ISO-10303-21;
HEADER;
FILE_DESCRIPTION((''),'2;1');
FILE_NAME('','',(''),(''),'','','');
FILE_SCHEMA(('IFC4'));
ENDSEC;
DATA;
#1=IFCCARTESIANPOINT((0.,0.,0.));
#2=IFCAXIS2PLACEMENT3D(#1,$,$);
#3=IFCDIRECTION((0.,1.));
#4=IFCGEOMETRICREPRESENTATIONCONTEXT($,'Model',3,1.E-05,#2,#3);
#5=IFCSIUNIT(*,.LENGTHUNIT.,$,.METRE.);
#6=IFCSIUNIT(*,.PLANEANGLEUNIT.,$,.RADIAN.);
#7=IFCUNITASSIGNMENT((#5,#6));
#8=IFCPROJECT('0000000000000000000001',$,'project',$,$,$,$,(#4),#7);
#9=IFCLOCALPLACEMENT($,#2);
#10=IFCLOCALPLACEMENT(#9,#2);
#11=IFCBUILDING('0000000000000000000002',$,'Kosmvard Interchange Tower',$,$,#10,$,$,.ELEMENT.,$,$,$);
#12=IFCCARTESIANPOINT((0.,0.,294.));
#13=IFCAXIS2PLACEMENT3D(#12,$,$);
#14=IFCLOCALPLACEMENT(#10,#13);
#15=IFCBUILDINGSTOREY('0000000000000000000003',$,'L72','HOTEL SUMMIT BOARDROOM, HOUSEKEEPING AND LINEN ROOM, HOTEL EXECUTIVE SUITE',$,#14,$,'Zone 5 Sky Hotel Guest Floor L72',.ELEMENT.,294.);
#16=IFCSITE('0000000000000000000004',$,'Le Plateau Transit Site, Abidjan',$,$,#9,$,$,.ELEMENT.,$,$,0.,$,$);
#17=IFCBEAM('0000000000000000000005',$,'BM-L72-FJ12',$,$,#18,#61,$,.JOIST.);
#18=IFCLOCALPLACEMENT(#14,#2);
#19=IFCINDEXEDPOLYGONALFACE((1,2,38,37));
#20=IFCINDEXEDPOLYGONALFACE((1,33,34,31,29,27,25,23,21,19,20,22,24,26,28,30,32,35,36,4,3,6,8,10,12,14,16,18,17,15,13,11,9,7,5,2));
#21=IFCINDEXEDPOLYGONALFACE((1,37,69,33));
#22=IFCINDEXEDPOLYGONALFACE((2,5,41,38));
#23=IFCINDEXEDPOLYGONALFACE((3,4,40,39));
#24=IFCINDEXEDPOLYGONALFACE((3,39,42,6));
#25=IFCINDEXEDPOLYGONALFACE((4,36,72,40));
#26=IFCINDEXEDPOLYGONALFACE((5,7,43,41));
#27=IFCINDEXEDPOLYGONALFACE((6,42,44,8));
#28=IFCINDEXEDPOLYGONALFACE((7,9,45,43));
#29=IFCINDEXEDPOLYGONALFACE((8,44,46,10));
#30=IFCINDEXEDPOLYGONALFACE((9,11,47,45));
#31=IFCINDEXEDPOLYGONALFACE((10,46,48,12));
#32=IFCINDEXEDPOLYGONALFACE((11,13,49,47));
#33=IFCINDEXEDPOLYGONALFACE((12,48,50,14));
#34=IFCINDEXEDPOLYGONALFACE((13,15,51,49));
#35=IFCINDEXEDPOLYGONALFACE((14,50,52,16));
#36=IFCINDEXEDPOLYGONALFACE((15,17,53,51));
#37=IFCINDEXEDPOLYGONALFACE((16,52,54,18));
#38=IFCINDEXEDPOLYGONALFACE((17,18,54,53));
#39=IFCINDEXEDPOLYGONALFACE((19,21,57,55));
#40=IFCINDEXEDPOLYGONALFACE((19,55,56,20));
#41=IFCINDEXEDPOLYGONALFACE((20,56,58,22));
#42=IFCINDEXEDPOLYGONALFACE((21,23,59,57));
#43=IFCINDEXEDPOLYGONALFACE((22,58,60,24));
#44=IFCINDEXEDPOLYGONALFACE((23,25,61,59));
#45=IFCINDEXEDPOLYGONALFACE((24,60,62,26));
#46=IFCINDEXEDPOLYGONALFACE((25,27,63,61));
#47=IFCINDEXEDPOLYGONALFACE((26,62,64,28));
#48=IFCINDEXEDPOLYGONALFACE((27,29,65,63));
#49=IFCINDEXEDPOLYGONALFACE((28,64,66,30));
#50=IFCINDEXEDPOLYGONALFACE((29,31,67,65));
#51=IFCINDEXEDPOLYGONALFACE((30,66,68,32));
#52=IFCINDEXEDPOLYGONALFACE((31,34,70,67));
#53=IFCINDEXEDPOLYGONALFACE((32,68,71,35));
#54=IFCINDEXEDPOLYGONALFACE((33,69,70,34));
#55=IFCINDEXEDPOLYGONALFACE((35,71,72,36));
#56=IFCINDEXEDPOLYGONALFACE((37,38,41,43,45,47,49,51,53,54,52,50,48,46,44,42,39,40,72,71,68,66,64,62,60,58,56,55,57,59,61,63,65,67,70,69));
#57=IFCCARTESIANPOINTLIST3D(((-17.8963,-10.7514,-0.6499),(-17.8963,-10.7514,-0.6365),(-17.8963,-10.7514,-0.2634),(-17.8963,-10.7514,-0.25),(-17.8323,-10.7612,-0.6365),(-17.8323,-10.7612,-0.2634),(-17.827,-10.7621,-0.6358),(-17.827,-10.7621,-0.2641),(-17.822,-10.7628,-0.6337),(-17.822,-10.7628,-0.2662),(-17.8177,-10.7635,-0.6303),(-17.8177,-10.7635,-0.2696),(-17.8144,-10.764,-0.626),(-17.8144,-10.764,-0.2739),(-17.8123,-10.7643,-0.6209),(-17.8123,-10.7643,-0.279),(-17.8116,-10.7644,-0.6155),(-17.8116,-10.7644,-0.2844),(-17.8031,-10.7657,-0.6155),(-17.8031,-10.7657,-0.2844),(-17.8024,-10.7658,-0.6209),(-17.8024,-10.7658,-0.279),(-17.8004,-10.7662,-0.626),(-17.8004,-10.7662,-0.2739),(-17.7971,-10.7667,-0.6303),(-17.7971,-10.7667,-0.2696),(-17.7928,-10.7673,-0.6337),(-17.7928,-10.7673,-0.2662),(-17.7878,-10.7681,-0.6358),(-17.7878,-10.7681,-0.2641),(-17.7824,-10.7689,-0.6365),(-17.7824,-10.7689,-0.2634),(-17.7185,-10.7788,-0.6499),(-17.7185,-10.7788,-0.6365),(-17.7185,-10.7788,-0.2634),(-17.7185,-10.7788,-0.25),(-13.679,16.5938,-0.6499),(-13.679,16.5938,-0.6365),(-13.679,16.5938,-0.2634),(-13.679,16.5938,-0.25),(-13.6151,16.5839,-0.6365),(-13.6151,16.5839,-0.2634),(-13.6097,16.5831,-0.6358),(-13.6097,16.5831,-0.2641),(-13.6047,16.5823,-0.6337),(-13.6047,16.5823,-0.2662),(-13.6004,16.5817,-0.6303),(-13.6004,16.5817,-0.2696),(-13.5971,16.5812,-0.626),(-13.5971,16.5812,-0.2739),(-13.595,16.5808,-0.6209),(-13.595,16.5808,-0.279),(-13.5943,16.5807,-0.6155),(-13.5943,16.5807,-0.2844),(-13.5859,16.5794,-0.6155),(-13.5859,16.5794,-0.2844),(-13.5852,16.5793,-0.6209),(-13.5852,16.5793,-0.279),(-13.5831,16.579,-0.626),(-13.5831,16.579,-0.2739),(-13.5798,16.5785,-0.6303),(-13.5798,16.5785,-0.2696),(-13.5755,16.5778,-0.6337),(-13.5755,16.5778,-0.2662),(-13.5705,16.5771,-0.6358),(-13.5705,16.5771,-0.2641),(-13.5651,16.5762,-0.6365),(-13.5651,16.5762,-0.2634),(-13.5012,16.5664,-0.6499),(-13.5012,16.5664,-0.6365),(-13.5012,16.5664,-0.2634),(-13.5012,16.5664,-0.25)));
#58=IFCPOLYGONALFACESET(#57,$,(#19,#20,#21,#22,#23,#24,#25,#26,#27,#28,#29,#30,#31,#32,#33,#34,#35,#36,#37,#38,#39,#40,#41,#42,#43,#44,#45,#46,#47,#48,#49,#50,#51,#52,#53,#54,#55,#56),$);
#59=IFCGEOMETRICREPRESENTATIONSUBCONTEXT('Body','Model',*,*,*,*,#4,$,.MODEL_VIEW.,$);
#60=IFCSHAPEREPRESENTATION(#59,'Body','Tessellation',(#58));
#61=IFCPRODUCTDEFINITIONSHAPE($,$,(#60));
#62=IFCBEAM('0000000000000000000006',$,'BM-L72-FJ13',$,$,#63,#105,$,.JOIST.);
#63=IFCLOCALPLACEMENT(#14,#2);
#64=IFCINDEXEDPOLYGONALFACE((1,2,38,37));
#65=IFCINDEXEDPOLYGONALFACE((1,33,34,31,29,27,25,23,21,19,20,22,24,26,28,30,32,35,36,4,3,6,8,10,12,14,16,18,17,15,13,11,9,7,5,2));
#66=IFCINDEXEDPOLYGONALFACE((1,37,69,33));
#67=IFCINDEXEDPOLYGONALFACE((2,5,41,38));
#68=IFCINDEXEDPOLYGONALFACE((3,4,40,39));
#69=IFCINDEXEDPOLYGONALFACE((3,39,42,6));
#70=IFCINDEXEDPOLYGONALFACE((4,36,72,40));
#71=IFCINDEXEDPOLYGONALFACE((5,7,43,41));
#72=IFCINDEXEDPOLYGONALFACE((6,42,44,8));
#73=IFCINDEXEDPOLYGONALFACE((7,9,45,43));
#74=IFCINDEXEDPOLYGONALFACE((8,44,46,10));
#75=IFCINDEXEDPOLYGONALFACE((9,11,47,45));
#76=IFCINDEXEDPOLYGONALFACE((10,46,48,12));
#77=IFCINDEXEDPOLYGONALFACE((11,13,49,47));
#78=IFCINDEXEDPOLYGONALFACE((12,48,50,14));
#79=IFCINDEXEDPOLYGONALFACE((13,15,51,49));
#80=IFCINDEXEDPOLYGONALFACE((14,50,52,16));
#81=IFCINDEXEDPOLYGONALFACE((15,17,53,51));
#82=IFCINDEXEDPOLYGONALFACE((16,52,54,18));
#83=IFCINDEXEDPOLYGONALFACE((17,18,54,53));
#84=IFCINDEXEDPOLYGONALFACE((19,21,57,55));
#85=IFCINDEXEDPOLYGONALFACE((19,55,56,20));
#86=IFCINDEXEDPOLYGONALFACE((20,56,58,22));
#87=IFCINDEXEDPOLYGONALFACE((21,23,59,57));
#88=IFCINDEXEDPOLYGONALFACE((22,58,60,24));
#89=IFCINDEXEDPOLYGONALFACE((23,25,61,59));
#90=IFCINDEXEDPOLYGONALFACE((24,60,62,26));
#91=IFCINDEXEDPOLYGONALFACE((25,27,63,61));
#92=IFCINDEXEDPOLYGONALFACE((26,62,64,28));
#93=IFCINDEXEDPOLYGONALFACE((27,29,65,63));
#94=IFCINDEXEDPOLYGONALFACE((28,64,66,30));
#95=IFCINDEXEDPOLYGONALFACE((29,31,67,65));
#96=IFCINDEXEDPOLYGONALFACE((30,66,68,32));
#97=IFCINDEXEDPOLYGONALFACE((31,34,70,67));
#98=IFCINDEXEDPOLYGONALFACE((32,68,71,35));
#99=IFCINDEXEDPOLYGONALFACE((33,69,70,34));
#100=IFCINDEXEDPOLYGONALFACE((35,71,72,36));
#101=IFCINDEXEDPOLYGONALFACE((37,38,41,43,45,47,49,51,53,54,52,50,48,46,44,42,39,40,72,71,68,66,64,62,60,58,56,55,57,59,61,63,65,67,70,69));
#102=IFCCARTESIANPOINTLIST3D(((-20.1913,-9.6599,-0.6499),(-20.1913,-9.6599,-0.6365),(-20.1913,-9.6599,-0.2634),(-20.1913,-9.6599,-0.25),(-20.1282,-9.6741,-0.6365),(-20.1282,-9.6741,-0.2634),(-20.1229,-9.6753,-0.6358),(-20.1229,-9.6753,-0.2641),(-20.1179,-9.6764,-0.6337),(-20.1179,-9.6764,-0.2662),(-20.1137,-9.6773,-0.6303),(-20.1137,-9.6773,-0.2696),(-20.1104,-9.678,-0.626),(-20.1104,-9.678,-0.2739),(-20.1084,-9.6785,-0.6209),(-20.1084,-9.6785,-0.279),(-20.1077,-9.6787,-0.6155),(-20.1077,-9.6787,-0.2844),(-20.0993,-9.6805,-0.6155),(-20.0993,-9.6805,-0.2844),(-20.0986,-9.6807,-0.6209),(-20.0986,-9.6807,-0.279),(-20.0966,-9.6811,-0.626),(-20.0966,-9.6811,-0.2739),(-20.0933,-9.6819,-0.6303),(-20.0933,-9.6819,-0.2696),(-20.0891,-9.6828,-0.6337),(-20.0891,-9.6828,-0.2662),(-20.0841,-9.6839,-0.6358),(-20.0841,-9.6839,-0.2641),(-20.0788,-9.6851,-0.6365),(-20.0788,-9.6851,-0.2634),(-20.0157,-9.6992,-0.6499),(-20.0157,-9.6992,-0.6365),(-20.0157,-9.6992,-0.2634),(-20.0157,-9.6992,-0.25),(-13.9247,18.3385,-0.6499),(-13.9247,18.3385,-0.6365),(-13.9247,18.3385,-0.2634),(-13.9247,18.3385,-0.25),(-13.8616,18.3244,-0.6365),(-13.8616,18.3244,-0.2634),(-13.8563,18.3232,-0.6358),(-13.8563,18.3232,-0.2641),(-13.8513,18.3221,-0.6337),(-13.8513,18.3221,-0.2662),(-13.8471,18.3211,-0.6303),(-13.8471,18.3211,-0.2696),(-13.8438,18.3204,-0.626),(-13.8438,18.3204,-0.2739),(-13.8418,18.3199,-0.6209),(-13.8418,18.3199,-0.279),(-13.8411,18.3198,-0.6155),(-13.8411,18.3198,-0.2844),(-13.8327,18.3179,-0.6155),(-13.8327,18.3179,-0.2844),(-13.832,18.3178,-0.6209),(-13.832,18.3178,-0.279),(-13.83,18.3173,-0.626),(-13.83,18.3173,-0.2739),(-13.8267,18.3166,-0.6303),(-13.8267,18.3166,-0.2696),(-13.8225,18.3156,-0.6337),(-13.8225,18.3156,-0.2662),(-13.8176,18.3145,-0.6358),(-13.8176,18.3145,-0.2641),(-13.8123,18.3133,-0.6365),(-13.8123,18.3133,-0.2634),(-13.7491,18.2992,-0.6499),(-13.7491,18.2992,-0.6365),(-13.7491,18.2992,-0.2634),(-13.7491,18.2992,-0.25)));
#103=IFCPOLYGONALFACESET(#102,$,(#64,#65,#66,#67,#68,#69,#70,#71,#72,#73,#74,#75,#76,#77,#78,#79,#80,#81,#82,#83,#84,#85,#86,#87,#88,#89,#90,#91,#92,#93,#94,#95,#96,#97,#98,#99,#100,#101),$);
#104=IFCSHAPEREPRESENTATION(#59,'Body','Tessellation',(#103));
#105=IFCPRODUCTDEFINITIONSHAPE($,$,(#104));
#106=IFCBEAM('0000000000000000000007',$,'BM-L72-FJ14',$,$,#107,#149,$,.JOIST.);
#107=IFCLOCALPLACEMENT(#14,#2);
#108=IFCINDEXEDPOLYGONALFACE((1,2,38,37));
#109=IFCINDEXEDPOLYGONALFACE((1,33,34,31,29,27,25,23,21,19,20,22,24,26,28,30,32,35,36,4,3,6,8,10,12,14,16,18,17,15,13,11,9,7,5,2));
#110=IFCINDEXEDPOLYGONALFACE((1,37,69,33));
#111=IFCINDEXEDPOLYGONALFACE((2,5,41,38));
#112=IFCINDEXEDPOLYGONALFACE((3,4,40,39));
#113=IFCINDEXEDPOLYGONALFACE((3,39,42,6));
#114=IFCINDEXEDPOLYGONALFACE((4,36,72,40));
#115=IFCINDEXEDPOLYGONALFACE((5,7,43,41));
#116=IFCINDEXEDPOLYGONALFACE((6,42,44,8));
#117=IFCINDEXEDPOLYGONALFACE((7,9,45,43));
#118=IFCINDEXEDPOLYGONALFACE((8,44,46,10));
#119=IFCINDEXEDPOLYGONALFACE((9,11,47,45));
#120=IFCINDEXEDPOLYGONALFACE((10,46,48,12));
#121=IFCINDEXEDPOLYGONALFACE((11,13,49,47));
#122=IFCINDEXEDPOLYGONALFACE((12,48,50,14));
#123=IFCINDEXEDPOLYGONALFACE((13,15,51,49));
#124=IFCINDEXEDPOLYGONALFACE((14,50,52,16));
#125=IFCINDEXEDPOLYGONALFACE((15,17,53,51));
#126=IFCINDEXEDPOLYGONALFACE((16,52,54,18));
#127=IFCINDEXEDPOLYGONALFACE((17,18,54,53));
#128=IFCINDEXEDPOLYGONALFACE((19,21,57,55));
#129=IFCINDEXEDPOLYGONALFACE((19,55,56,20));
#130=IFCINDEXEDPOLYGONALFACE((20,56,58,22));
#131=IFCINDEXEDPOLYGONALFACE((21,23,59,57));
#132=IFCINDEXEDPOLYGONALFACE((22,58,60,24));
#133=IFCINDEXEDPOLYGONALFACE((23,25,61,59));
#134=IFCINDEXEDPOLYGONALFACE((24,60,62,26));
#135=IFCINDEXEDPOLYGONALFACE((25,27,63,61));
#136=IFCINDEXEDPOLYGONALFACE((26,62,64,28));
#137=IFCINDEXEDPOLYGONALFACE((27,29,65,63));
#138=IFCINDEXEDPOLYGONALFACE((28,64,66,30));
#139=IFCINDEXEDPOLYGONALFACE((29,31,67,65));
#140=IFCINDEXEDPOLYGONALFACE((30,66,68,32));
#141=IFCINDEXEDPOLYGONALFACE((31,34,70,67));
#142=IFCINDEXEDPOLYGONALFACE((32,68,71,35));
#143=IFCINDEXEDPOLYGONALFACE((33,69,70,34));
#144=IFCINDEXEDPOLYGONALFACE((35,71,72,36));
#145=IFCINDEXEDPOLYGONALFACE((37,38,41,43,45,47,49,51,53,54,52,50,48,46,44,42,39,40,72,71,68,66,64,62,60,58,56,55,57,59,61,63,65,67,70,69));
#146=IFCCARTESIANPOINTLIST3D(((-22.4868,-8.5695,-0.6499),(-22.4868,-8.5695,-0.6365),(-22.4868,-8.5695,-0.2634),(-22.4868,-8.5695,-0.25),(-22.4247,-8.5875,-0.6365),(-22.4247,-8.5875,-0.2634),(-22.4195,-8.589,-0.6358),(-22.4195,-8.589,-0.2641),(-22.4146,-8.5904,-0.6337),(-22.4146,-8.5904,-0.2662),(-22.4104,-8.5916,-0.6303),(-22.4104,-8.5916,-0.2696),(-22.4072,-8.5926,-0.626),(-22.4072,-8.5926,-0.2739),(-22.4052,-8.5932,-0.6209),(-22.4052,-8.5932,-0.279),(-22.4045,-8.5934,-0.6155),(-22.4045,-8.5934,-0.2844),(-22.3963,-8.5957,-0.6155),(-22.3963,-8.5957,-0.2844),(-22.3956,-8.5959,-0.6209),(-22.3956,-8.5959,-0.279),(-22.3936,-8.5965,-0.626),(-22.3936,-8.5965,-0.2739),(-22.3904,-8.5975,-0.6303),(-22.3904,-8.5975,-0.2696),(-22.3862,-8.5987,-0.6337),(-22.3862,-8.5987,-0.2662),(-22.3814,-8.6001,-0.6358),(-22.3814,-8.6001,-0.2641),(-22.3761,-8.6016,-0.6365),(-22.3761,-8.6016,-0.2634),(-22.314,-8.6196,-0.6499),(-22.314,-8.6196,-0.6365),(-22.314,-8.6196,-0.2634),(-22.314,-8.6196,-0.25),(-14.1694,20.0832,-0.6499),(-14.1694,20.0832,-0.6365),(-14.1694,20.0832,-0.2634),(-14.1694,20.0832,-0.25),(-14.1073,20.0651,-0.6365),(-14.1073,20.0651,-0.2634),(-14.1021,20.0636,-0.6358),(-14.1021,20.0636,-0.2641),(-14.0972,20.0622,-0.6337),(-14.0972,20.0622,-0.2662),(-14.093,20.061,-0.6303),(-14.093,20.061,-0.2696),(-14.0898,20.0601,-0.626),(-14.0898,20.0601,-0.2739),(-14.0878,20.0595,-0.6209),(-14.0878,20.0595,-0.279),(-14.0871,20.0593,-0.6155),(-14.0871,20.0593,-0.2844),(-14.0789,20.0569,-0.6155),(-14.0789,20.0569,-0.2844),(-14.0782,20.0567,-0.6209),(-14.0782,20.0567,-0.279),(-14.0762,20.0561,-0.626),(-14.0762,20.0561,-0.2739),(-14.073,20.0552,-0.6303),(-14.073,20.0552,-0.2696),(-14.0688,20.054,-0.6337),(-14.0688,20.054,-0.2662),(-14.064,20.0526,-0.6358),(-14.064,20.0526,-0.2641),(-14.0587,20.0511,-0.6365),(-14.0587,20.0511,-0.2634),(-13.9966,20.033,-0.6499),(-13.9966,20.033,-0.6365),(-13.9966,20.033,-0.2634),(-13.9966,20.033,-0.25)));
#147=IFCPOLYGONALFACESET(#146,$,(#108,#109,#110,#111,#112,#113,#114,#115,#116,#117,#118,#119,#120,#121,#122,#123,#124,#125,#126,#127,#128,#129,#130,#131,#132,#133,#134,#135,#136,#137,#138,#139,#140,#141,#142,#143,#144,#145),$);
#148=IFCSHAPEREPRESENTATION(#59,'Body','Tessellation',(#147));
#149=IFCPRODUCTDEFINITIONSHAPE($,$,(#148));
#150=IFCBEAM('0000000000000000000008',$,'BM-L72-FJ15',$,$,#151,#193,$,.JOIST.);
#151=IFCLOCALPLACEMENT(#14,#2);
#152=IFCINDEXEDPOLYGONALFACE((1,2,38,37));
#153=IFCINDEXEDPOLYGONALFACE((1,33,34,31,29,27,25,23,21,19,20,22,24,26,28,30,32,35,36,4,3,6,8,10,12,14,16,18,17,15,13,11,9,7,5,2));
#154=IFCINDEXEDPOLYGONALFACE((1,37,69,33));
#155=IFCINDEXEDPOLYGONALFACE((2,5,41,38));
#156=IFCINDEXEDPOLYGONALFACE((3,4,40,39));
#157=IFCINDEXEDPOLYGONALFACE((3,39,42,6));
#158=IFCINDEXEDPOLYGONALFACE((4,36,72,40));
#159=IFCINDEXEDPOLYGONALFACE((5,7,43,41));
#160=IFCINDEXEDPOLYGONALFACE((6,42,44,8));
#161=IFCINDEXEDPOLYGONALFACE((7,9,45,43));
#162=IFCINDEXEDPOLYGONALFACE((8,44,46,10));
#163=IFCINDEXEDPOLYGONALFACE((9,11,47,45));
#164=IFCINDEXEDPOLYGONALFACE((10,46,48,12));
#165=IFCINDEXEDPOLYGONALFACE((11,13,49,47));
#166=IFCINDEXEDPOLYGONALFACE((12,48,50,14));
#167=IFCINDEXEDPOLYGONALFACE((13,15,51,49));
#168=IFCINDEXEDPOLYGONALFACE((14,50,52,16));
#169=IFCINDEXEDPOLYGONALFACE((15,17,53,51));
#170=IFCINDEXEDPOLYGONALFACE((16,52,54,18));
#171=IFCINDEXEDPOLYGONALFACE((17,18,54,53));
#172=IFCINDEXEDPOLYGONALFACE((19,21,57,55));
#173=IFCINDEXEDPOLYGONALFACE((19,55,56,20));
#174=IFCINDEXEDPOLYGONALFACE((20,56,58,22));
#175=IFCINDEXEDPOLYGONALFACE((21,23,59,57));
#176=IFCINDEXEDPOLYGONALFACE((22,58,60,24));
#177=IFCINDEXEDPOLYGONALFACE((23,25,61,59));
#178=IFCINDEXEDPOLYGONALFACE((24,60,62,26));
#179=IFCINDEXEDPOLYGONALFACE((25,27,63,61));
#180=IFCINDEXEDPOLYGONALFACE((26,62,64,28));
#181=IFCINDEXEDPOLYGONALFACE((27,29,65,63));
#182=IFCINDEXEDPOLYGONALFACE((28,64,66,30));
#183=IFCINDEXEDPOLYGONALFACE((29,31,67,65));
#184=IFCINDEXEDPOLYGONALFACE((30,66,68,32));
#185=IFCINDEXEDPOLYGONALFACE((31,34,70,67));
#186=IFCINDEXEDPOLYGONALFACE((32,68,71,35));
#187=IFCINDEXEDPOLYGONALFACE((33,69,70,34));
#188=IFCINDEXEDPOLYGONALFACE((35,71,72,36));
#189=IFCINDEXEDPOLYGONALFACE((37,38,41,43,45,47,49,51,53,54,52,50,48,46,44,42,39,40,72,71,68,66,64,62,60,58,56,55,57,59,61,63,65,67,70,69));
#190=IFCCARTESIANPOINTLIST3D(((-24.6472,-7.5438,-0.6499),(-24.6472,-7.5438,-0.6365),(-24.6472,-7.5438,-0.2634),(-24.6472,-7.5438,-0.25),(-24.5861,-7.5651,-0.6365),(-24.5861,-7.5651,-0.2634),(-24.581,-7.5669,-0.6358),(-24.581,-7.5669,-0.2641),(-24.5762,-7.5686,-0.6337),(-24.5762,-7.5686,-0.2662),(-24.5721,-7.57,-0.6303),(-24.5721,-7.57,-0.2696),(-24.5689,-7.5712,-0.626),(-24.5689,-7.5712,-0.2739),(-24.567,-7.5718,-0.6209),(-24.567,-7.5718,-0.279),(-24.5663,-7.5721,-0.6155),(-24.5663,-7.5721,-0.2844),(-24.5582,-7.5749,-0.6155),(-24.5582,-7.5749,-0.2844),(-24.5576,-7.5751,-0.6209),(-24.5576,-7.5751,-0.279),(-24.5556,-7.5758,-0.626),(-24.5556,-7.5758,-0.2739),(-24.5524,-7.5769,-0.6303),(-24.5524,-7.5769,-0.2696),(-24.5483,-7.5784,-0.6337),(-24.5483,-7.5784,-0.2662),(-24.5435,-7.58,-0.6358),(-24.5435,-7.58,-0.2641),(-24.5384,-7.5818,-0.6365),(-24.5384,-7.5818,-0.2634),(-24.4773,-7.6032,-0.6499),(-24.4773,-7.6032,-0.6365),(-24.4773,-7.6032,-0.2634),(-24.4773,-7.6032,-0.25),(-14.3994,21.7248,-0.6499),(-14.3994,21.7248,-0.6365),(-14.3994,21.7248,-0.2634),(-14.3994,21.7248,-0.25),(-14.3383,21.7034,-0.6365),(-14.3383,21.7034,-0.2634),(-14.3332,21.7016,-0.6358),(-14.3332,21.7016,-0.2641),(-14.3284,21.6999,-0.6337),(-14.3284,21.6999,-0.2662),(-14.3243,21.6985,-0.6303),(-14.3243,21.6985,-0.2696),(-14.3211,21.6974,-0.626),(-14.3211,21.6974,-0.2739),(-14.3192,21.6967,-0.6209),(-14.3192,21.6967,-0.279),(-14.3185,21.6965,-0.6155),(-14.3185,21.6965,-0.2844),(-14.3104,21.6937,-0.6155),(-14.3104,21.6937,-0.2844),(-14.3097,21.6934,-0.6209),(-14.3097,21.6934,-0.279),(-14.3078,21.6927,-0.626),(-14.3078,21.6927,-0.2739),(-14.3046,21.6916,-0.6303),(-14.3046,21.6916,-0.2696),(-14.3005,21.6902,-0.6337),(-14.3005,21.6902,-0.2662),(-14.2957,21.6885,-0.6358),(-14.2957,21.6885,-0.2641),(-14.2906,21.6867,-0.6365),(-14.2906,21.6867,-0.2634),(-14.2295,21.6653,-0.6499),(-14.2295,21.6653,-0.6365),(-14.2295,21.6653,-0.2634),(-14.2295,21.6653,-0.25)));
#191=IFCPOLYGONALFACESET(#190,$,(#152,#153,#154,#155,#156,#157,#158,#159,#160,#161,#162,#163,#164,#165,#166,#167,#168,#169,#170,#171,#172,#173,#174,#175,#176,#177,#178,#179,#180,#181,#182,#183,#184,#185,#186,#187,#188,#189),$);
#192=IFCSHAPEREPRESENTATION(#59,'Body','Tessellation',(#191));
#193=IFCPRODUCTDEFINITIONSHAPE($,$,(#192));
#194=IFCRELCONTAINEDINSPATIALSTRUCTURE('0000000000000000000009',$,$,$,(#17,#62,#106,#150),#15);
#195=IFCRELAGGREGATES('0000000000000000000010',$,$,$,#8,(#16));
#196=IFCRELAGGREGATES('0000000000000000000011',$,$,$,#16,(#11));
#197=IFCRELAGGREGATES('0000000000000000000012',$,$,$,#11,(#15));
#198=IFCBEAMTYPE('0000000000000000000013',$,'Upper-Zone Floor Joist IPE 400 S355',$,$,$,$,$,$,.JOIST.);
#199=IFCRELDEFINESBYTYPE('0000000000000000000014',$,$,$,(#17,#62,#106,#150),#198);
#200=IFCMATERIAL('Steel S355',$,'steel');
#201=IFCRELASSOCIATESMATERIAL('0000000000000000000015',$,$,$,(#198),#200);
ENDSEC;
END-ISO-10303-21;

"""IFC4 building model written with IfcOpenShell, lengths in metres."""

from ifc_helpers import new_model, si_unit, direction, frame, origin, origin_2d, place, context, subcontext, project, spatial, i_section, extrude, source, transform, mapped, material, material_profile, profile_set, type_object, element, save


model = new_model("IFC4")

# Units and contexts
model_context = context("Model", 3, precision=1e-05, world=origin(), true_north=direction((0.0, 1.0)))
body_context = subcontext(model_context, "Body", "Model", "MODEL_VIEW")
ifc_project = project(units=[si_unit("LENGTHUNIT", "METRE"), si_unit("PLANEANGLEUNIT", "RADIAN")], contexts=[model_context])

# Site, building, storey
site_placement = place(None, origin())
site = spatial("IfcSite", under=ifc_project, at=site_placement, Name="Le Plateau Transit Site, Abidjan", CompositionType="ELEMENT", RefElevation=0.0)
building_placement = place(site_placement, origin())
building = spatial("IfcBuilding", under=site, at=building_placement, Name="Kosmvard Interchange Tower", CompositionType="ELEMENT")
storey_placement = place(building_placement, frame((0.0, 0.0, 294.0)))
storey = spatial("IfcBuildingStorey", under=building, at=storey_placement, Name="L72", Description="HOTEL SUMMIT BOARDROOM, HOUSEKEEPING AND LINEN ROOM, HOTEL EXECUTIVE SUITE", LongName="Zone 5 Sky Hotel Guest Floor L72", CompositionType="ELEMENT", Elevation=294.0)

# Beams
ifc_material_1 = material(Name="Steel S355", Category="steel")
ifc_material_profile_1 = material_profile(ifc_material_1, i_section(OverallWidth=0.1799, OverallDepth=0.3999, WebThickness=0.0085, FlangeThickness=0.0134, FilletRadius=0.021, at=origin_2d()), Name="IPE 400")
ifc_profile_set_1 = profile_set([ifc_material_profile_1], Name="Steel S355")
beam_type_1 = type_object("IfcBeamType", Name="Upper-Zone Floor Joist IPE 400 S355", PredefinedType="JOIST", material=ifc_profile_set_1)
shared_shape_1 = source(origin(), body_context, "Body", "SweptSolid", [
    extrude(i_section(OverallWidth=0.1799, OverallDepth=0.3999, WebThickness=0.0085, FlangeThickness=0.0134, FilletRadius=0.021, at=origin_2d()), origin(), (0.0, 0.0, 1.0), 27.6685),
])
beam_1_placement = place(storey_placement, frame((-13.5901, 16.5801, -0.45), z_axis=(-0.152422, -0.988316, 0.0), x_axis=(0.988316, -0.152422, 0.0)))
element("IfcBeam", 1, at=beam_1_placement, inside=storey, type_object=beam_type_1, Name="BM-L72-FJ12", PredefinedType="JOIST", context=body_context, shape_type="MappedRepresentation", body=[
    mapped(shared_shape_1, transform((0.0, 0.0, 0.0), scale=1.0)),
])
shared_shape_2 = source(origin(), body_context, "Body", "SweptSolid", [
    extrude(i_section(OverallWidth=0.1799, OverallDepth=0.3999, WebThickness=0.0085, FlangeThickness=0.0134, FilletRadius=0.021, at=origin_2d()), origin(), (0.0, 0.0, 1.0), 28.6912),
])
beam_2_placement = place(storey_placement, frame((-13.8369, 18.3188, -0.45), z_axis=(-0.218415, -0.975856, 0.0), x_axis=(0.975856, -0.218415, 0.0)))
element("IfcBeam", 2, at=beam_2_placement, inside=storey, type_object=beam_type_1, Name="BM-L72-FJ13", PredefinedType="JOIST", context=body_context, shape_type="MappedRepresentation", body=[
    mapped(shared_shape_2, transform((0.0, 0.0, 0.0), scale=1.0)),
])
shared_shape_3 = source(origin(), body_context, "Body", "SweptSolid", [
    extrude(i_section(OverallWidth=0.1799, OverallDepth=0.3999, WebThickness=0.0085, FlangeThickness=0.0134, FilletRadius=0.021, at=origin_2d()), origin(), (0.0, 0.0, 1.0), 29.8354),
])
beam_3_placement = place(storey_placement, frame((-14.083, 20.0581, -0.45), z_axis=(-0.278776, -0.960356, 0.0), x_axis=(0.960356, -0.278776, 0.0)))
element("IfcBeam", 3, at=beam_3_placement, inside=storey, type_object=beam_type_1, Name="BM-L72-FJ14", PredefinedType="JOIST", context=body_context, shape_type="MappedRepresentation", body=[
    mapped(shared_shape_3, transform((0.0, 0.0, 0.0), scale=1.0)),
])
shared_shape_4 = source(origin(), body_context, "Body", "SweptSolid", [
    extrude(i_section(OverallWidth=0.1799, OverallDepth=0.3999, WebThickness=0.0085, FlangeThickness=0.0134, FilletRadius=0.021, at=origin_2d()), origin(), (0.0, 0.0, 1.0), 31.0107),
])
beam_4_placement = place(storey_placement, frame((-14.3145, 21.6951, -0.45), z_axis=(-0.33046, -0.94382, 0.0), x_axis=(0.94382, -0.33046, 0.0)))
element("IfcBeam", 4, at=beam_4_placement, inside=storey, type_object=beam_type_1, Name="BM-L72-FJ15", PredefinedType="JOIST", context=body_context, shape_type="MappedRepresentation", body=[
    mapped(shared_shape_4, transform((0.0, 0.0, 0.0), scale=1.0)),
])

save(model, "model.ifc")
